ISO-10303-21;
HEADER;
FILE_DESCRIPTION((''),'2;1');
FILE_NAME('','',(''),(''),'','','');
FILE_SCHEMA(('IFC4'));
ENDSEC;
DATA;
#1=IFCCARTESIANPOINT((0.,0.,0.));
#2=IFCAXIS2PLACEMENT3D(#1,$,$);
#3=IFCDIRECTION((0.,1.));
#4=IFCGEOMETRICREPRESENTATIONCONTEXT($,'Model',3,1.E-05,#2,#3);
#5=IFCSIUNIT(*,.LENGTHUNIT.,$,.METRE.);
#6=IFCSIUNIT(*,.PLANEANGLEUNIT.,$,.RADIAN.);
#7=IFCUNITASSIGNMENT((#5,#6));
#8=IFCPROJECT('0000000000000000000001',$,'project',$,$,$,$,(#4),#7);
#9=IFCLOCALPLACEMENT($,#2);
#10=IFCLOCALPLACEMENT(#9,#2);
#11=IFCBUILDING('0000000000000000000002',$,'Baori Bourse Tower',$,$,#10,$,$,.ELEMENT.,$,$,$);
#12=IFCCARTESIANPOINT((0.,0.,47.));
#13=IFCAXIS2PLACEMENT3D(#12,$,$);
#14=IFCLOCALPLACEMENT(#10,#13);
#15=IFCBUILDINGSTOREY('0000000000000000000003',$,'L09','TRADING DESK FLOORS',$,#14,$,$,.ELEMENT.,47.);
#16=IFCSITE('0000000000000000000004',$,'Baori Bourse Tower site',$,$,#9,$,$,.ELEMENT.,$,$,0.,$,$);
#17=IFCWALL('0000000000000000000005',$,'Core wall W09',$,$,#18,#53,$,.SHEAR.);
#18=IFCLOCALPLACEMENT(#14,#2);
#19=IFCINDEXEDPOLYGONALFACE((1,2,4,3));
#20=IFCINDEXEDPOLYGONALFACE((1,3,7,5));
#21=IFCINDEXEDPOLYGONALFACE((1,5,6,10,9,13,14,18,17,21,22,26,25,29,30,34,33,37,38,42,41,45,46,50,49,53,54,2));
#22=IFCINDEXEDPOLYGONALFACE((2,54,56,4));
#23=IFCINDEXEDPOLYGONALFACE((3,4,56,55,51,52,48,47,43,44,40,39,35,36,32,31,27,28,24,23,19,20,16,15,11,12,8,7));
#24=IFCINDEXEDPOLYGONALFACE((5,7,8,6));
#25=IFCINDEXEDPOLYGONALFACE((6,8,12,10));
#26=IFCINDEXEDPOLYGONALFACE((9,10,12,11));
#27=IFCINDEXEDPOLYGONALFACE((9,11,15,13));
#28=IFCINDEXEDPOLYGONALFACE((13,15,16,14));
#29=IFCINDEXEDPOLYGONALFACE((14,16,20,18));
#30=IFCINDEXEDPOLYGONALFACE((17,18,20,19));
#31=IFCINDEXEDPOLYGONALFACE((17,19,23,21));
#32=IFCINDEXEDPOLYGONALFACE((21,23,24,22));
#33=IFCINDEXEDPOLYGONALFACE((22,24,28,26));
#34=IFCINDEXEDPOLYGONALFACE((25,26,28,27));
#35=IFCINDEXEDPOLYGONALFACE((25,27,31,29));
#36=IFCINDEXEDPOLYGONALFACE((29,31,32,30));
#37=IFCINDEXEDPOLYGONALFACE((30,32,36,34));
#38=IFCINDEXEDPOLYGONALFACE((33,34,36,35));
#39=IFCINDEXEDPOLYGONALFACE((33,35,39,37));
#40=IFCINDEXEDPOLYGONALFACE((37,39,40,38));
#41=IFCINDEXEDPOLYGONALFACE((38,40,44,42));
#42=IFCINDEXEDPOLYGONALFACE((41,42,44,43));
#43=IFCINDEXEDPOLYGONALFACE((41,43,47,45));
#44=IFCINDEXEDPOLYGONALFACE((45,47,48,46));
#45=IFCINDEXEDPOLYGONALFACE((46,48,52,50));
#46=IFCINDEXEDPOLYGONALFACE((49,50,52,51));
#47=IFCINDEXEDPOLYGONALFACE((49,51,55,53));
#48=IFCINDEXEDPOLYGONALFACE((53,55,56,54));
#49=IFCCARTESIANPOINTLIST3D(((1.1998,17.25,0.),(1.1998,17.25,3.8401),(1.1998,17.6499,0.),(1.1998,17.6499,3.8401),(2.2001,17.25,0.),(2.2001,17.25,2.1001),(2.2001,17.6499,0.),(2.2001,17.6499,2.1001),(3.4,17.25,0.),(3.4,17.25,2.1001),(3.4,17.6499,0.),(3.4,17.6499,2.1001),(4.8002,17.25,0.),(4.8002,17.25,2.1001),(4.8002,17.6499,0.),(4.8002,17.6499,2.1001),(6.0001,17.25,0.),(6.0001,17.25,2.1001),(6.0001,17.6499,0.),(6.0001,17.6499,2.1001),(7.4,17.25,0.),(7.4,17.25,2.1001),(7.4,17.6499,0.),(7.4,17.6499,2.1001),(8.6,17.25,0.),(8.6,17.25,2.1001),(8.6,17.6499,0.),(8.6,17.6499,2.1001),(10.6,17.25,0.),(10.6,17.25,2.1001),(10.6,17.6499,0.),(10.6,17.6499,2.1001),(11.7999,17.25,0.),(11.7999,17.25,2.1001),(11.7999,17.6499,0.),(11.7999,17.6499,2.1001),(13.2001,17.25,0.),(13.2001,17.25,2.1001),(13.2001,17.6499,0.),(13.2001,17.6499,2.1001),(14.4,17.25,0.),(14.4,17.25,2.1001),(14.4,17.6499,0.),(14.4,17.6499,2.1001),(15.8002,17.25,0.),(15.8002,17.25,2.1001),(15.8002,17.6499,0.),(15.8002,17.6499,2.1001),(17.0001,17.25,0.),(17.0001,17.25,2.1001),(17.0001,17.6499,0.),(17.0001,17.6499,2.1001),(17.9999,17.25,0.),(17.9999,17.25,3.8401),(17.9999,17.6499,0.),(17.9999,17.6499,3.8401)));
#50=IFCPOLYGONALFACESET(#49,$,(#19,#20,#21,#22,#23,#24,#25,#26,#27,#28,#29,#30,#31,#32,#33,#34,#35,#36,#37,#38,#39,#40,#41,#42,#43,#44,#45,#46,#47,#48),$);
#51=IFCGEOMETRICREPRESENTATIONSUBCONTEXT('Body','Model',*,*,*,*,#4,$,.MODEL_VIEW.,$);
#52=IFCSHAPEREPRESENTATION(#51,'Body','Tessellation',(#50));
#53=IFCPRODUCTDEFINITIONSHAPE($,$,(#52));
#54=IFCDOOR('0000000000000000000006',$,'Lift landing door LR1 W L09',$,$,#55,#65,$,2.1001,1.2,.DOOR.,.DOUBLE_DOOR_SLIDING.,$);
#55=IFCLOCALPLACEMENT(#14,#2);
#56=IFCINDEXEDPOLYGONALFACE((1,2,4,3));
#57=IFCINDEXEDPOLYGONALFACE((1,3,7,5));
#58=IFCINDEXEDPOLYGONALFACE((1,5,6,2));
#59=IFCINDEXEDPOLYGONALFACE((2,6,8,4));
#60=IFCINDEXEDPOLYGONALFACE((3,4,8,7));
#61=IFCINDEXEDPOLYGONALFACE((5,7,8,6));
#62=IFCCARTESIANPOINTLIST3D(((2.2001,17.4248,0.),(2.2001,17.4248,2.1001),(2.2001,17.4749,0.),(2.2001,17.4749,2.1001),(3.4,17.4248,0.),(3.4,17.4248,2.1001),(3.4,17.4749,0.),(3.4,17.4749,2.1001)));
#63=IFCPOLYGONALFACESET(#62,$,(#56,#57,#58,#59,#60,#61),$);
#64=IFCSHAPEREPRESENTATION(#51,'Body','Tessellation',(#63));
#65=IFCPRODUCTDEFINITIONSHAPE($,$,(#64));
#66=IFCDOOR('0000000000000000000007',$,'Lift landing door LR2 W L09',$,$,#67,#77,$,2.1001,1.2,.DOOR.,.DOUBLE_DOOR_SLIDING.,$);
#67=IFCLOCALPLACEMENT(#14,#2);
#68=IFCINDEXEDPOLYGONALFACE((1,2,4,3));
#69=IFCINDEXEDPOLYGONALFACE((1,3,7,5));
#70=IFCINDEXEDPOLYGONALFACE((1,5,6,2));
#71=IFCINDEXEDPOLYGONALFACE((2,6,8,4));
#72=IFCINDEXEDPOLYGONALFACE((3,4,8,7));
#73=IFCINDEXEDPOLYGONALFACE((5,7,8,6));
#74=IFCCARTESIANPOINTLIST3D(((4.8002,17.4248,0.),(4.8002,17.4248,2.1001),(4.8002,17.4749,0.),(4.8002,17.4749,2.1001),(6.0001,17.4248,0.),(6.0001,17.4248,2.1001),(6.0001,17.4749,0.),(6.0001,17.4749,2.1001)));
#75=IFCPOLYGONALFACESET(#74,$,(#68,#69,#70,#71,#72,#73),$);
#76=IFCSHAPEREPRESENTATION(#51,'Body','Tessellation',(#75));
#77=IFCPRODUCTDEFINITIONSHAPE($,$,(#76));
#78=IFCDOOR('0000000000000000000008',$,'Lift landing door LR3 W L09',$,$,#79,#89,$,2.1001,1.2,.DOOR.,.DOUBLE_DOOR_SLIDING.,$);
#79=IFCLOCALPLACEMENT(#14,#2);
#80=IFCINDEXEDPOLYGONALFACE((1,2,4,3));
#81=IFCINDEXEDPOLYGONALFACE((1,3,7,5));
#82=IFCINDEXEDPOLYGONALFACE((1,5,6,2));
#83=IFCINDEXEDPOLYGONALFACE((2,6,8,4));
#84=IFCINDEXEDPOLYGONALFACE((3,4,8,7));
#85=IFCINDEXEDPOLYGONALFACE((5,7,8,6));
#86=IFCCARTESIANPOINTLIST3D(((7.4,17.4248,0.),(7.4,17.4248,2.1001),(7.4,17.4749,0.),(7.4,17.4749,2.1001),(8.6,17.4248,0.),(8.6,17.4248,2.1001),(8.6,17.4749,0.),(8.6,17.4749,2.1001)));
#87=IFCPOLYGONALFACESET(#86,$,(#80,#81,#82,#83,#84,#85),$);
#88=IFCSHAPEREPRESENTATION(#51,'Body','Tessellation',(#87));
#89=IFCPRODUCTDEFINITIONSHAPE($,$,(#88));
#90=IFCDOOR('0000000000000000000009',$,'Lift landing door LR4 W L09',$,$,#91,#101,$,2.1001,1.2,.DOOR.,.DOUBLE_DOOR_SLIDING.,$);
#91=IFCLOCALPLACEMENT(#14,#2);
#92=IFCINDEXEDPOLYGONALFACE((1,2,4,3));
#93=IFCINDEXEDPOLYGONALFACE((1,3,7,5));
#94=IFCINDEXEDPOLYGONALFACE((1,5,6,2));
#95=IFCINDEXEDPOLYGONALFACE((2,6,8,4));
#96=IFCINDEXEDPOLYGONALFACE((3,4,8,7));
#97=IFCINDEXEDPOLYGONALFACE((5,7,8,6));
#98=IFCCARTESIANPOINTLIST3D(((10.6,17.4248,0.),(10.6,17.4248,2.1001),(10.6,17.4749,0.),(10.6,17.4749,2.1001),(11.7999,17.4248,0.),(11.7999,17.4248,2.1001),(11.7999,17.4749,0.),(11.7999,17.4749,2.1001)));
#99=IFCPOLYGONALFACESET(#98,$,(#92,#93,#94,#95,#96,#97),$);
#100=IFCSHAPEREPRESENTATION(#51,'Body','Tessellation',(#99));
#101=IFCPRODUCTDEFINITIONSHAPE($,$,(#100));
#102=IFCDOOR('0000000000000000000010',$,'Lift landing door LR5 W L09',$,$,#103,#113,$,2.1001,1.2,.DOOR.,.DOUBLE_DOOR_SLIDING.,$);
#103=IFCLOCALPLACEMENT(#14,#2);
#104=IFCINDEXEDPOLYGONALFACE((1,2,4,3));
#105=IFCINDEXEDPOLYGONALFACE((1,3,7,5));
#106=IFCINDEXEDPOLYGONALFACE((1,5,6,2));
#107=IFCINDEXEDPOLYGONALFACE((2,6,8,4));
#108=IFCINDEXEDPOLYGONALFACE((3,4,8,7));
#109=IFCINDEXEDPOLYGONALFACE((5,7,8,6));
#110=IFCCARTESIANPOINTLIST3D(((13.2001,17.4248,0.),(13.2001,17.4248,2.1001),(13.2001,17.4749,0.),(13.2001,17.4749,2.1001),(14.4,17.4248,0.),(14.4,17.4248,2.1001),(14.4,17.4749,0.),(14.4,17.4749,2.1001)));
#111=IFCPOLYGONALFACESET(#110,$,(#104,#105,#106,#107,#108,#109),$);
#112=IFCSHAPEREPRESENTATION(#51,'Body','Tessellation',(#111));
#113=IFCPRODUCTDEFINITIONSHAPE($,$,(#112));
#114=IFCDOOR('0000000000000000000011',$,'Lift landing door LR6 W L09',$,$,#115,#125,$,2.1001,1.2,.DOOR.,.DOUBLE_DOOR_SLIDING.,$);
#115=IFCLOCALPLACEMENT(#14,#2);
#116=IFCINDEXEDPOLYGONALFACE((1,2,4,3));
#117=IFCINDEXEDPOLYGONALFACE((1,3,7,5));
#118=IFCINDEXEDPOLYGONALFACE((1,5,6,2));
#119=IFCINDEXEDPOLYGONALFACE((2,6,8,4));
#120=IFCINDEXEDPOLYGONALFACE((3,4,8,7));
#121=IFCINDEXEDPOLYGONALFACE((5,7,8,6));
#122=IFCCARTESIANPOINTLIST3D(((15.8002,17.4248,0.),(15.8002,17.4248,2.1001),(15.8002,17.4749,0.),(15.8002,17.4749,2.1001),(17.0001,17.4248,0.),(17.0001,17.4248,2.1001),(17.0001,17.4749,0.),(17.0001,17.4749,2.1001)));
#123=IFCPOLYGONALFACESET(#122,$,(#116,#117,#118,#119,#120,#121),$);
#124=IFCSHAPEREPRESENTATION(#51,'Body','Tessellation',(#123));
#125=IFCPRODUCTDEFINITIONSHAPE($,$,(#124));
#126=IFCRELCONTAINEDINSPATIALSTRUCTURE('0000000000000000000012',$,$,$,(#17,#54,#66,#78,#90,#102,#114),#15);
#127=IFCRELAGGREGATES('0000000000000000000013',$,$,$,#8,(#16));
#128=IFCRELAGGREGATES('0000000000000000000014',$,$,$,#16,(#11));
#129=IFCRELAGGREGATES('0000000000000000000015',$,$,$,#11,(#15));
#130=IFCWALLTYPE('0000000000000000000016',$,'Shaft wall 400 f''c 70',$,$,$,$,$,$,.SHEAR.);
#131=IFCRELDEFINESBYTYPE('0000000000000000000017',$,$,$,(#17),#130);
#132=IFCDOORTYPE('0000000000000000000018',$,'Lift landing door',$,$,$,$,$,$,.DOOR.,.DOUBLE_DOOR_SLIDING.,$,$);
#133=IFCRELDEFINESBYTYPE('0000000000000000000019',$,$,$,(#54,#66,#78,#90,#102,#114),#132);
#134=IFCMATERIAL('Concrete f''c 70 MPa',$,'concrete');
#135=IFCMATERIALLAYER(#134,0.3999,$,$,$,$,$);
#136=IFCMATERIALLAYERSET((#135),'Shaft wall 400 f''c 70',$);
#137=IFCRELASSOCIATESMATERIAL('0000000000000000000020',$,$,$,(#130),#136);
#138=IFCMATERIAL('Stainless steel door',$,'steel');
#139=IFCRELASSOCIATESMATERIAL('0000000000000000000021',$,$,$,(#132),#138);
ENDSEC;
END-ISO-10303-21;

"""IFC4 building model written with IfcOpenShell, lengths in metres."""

from ifc_helpers import new_model, si_unit, direction, frame, frame_2d, origin, place, context, subcontext, project, spatial, rectangle, extrude, material, layer, layer_set, type_object, element, fill, save


model = new_model("IFC4")

# Units and contexts
model_context = context("Model", 3, precision=1e-05, world=origin(), true_north=direction((0.0, 1.0)))
body_context = subcontext(model_context, "Body", "Model", "MODEL_VIEW")
ifc_project = project(units=[si_unit("LENGTHUNIT", "METRE"), si_unit("PLANEANGLEUNIT", "RADIAN")], contexts=[model_context])

# Site, building, storey
site_placement = place(None, origin())
site = spatial("IfcSite", under=ifc_project, at=site_placement, Name="Baori Bourse Tower site", CompositionType="ELEMENT", RefElevation=0.0)
building_placement = place(site_placement, origin())
building = spatial("IfcBuilding", under=site, at=building_placement, Name="Baori Bourse Tower", CompositionType="ELEMENT")
storey_placement = place(building_placement, frame((0.0, 0.0, 47.0)))
storey = spatial("IfcBuildingStorey", under=building, at=storey_placement, Name="L09", Description="TRADING DESK FLOORS", CompositionType="ELEMENT", Elevation=47.0)

# Shared definitions
ifc_material_1 = material(Name="Concrete f'c 70 MPa", Category="concrete")
ifc_layer_1 = layer(ifc_material_1, 0.3999)
ifc_layer_set_1 = layer_set([ifc_layer_1], Name="Shaft wall 400 f'c 70")
wall_type_1 = type_object("IfcWallType", Name="Shaft wall 400 f'c 70", PredefinedType="SHEAR", material=ifc_layer_set_1)

# Wall, openings, doors
wall_1_placement = place(storey_placement, frame((1.2, 17.45, 0.0), z_axis=(0.0, 0.0, 1.0), x_axis=(1.0, 0.0, 0.0)))
wall_1 = element("IfcWall", 1, at=wall_1_placement, inside=storey, type_object=wall_type_1, Name="Core wall W09", PredefinedType="SHEAR", context=body_context, shape_type="SweptSolid", body=[
    extrude(rectangle(XDim=16.8, YDim=0.3999, at=frame_2d((8.3999, 0.0))), origin(), (0.0, 0.0, 1.0), 3.8401),
])
opening_1_placement = place(wall_1_placement, frame((1.0, 0.0, 0.0)))
opening_1 = element("IfcOpeningElement", 2, at=opening_1_placement, cuts=wall_1, PredefinedType="OPENING", context=body_context, shape_type="SweptSolid", body=[
    extrude(rectangle(XDim=1.2, YDim=2.1001, at=frame_2d((0.6001, 1.05))), frame((0.0, 0.21, 0.0), z_axis=(0.0, -1.0, 0.0), x_axis=(1.0, 0.0, 0.0)), (0.0, 0.0, 1.0), 0.4199),
])
opening_2_placement = place(wall_1_placement, frame((3.6001, 0.0, 0.0)))
opening_2 = element("IfcOpeningElement", 3, at=opening_2_placement, cuts=wall_1, PredefinedType="OPENING", context=body_context, shape_type="SweptSolid", body=[
    extrude(rectangle(XDim=1.2, YDim=2.1001, at=frame_2d((0.6001, 1.05))), frame((0.0, 0.21, 0.0), z_axis=(0.0, -1.0, 0.0), x_axis=(1.0, 0.0, 0.0)), (0.0, 0.0, 1.0), 0.4199),
])
opening_3_placement = place(wall_1_placement, frame((6.2, 0.0, 0.0)))
opening_3 = element("IfcOpeningElement", 4, at=opening_3_placement, cuts=wall_1, PredefinedType="OPENING", context=body_context, shape_type="SweptSolid", body=[
    extrude(rectangle(XDim=1.2, YDim=2.1001, at=frame_2d((0.6001, 1.05))), frame((0.0, 0.21, 0.0), z_axis=(0.0, -1.0, 0.0), x_axis=(1.0, 0.0, 0.0)), (0.0, 0.0, 1.0), 0.4199),
])
opening_4_placement = place(wall_1_placement, frame((9.3999, 0.0, 0.0)))
opening_4 = element("IfcOpeningElement", 5, at=opening_4_placement, cuts=wall_1, PredefinedType="OPENING", context=body_context, shape_type="SweptSolid", body=[
    extrude(rectangle(XDim=1.2, YDim=2.1001, at=frame_2d((0.6001, 1.05))), frame((0.0, 0.21, 0.0), z_axis=(0.0, -1.0, 0.0), x_axis=(1.0, 0.0, 0.0)), (0.0, 0.0, 1.0), 0.4199),
])
opening_5_placement = place(wall_1_placement, frame((12.0, 0.0, 0.0)))
opening_5 = element("IfcOpeningElement", 6, at=opening_5_placement, cuts=wall_1, PredefinedType="OPENING", context=body_context, shape_type="SweptSolid", body=[
    extrude(rectangle(XDim=1.2, YDim=2.1001, at=frame_2d((0.6001, 1.05))), frame((0.0, 0.21, 0.0), z_axis=(0.0, -1.0, 0.0), x_axis=(1.0, 0.0, 0.0)), (0.0, 0.0, 1.0), 0.4199),
])
opening_6_placement = place(wall_1_placement, frame((14.6001, 0.0, 0.0)))
opening_6 = element("IfcOpeningElement", 7, at=opening_6_placement, cuts=wall_1, PredefinedType="OPENING", context=body_context, shape_type="SweptSolid", body=[
    extrude(rectangle(XDim=1.2, YDim=2.1001, at=frame_2d((0.6001, 1.05))), frame((0.0, 0.21, 0.0), z_axis=(0.0, -1.0, 0.0), x_axis=(1.0, 0.0, 0.0)), (0.0, 0.0, 1.0), 0.4199),
])
ifc_material_2 = material(Name="Stainless steel door", Category="steel")
door_type_1 = type_object("IfcDoorType", Name="Lift landing door", OperationType="DOUBLE_DOOR_SLIDING", PredefinedType="DOOR", material=ifc_material_2)
door_1_placement = place(opening_1_placement, origin())
door_1 = element("IfcDoor", 8, at=door_1_placement, inside=storey, type_object=door_type_1, Name="Lift landing door LR1 W L09", OperationType="DOUBLE_DOOR_SLIDING", OverallHeight=2.1001, OverallWidth=1.2, PredefinedType="DOOR", context=body_context, shape_type="SweptSolid", body=[
    extrude(rectangle(XDim=1.2, YDim=2.1001, at=frame_2d((0.6001, 1.05))), frame((0.0, 0.0249, 0.0), z_axis=(0.0, -1.0, 0.0), x_axis=(1.0, 0.0, 0.0)), (0.0, 0.0, 1.0), 0.05),
])
fill(opening_1, door_1)
door_2_placement = place(opening_2_placement, origin())
door_2 = element("IfcDoor", 9, at=door_2_placement, inside=storey, type_object=door_type_1, Name="Lift landing door LR2 W L09", OperationType="DOUBLE_DOOR_SLIDING", OverallHeight=2.1001, OverallWidth=1.2, PredefinedType="DOOR", context=body_context, shape_type="SweptSolid", body=[
    extrude(rectangle(XDim=1.2, YDim=2.1001, at=frame_2d((0.6001, 1.05))), frame((0.0, 0.0249, 0.0), z_axis=(0.0, -1.0, 0.0), x_axis=(1.0, 0.0, 0.0)), (0.0, 0.0, 1.0), 0.05),
])
fill(opening_2, door_2)
door_3_placement = place(opening_3_placement, origin())
door_3 = element("IfcDoor", 10, at=door_3_placement, inside=storey, type_object=door_type_1, Name="Lift landing door LR3 W L09", OperationType="DOUBLE_DOOR_SLIDING", OverallHeight=2.1001, OverallWidth=1.2, PredefinedType="DOOR", context=body_context, shape_type="SweptSolid", body=[
    extrude(rectangle(XDim=1.2, YDim=2.1001, at=frame_2d((0.6001, 1.05))), frame((0.0, 0.0249, 0.0), z_axis=(0.0, -1.0, 0.0), x_axis=(1.0, 0.0, 0.0)), (0.0, 0.0, 1.0), 0.05),
])
fill(opening_3, door_3)
door_4_placement = place(opening_4_placement, origin())
door_4 = element("IfcDoor", 11, at=door_4_placement, inside=storey, type_object=door_type_1, Name="Lift landing door LR4 W L09", OperationType="DOUBLE_DOOR_SLIDING", OverallHeight=2.1001, OverallWidth=1.2, PredefinedType="DOOR", context=body_context, shape_type="SweptSolid", body=[
    extrude(rectangle(XDim=1.2, YDim=2.1001, at=frame_2d((0.6001, 1.05))), frame((0.0, 0.0249, 0.0), z_axis=(0.0, -1.0, 0.0), x_axis=(1.0, 0.0, 0.0)), (0.0, 0.0, 1.0), 0.05),
])
fill(opening_4, door_4)
door_5_placement = place(opening_5_placement, origin())
door_5 = element("IfcDoor", 12, at=door_5_placement, inside=storey, type_object=door_type_1, Name="Lift landing door LR5 W L09", OperationType="DOUBLE_DOOR_SLIDING", OverallHeight=2.1001, OverallWidth=1.2, PredefinedType="DOOR", context=body_context, shape_type="SweptSolid", body=[
    extrude(rectangle(XDim=1.2, YDim=2.1001, at=frame_2d((0.6001, 1.05))), frame((0.0, 0.0249, 0.0), z_axis=(0.0, -1.0, 0.0), x_axis=(1.0, 0.0, 0.0)), (0.0, 0.0, 1.0), 0.05),
])
fill(opening_5, door_5)
door_6_placement = place(opening_6_placement, origin())
door_6 = element("IfcDoor", 13, at=door_6_placement, inside=storey, type_object=door_type_1, Name="Lift landing door LR6 W L09", OperationType="DOUBLE_DOOR_SLIDING", OverallHeight=2.1001, OverallWidth=1.2, PredefinedType="DOOR", context=body_context, shape_type="SweptSolid", body=[
    extrude(rectangle(XDim=1.2, YDim=2.1001, at=frame_2d((0.6001, 1.05))), frame((0.0, 0.0249, 0.0), z_axis=(0.0, -1.0, 0.0), x_axis=(1.0, 0.0, 0.0)), (0.0, 0.0, 1.0), 0.05),
])
fill(opening_6, door_6)

save(model, "model.ifc")
